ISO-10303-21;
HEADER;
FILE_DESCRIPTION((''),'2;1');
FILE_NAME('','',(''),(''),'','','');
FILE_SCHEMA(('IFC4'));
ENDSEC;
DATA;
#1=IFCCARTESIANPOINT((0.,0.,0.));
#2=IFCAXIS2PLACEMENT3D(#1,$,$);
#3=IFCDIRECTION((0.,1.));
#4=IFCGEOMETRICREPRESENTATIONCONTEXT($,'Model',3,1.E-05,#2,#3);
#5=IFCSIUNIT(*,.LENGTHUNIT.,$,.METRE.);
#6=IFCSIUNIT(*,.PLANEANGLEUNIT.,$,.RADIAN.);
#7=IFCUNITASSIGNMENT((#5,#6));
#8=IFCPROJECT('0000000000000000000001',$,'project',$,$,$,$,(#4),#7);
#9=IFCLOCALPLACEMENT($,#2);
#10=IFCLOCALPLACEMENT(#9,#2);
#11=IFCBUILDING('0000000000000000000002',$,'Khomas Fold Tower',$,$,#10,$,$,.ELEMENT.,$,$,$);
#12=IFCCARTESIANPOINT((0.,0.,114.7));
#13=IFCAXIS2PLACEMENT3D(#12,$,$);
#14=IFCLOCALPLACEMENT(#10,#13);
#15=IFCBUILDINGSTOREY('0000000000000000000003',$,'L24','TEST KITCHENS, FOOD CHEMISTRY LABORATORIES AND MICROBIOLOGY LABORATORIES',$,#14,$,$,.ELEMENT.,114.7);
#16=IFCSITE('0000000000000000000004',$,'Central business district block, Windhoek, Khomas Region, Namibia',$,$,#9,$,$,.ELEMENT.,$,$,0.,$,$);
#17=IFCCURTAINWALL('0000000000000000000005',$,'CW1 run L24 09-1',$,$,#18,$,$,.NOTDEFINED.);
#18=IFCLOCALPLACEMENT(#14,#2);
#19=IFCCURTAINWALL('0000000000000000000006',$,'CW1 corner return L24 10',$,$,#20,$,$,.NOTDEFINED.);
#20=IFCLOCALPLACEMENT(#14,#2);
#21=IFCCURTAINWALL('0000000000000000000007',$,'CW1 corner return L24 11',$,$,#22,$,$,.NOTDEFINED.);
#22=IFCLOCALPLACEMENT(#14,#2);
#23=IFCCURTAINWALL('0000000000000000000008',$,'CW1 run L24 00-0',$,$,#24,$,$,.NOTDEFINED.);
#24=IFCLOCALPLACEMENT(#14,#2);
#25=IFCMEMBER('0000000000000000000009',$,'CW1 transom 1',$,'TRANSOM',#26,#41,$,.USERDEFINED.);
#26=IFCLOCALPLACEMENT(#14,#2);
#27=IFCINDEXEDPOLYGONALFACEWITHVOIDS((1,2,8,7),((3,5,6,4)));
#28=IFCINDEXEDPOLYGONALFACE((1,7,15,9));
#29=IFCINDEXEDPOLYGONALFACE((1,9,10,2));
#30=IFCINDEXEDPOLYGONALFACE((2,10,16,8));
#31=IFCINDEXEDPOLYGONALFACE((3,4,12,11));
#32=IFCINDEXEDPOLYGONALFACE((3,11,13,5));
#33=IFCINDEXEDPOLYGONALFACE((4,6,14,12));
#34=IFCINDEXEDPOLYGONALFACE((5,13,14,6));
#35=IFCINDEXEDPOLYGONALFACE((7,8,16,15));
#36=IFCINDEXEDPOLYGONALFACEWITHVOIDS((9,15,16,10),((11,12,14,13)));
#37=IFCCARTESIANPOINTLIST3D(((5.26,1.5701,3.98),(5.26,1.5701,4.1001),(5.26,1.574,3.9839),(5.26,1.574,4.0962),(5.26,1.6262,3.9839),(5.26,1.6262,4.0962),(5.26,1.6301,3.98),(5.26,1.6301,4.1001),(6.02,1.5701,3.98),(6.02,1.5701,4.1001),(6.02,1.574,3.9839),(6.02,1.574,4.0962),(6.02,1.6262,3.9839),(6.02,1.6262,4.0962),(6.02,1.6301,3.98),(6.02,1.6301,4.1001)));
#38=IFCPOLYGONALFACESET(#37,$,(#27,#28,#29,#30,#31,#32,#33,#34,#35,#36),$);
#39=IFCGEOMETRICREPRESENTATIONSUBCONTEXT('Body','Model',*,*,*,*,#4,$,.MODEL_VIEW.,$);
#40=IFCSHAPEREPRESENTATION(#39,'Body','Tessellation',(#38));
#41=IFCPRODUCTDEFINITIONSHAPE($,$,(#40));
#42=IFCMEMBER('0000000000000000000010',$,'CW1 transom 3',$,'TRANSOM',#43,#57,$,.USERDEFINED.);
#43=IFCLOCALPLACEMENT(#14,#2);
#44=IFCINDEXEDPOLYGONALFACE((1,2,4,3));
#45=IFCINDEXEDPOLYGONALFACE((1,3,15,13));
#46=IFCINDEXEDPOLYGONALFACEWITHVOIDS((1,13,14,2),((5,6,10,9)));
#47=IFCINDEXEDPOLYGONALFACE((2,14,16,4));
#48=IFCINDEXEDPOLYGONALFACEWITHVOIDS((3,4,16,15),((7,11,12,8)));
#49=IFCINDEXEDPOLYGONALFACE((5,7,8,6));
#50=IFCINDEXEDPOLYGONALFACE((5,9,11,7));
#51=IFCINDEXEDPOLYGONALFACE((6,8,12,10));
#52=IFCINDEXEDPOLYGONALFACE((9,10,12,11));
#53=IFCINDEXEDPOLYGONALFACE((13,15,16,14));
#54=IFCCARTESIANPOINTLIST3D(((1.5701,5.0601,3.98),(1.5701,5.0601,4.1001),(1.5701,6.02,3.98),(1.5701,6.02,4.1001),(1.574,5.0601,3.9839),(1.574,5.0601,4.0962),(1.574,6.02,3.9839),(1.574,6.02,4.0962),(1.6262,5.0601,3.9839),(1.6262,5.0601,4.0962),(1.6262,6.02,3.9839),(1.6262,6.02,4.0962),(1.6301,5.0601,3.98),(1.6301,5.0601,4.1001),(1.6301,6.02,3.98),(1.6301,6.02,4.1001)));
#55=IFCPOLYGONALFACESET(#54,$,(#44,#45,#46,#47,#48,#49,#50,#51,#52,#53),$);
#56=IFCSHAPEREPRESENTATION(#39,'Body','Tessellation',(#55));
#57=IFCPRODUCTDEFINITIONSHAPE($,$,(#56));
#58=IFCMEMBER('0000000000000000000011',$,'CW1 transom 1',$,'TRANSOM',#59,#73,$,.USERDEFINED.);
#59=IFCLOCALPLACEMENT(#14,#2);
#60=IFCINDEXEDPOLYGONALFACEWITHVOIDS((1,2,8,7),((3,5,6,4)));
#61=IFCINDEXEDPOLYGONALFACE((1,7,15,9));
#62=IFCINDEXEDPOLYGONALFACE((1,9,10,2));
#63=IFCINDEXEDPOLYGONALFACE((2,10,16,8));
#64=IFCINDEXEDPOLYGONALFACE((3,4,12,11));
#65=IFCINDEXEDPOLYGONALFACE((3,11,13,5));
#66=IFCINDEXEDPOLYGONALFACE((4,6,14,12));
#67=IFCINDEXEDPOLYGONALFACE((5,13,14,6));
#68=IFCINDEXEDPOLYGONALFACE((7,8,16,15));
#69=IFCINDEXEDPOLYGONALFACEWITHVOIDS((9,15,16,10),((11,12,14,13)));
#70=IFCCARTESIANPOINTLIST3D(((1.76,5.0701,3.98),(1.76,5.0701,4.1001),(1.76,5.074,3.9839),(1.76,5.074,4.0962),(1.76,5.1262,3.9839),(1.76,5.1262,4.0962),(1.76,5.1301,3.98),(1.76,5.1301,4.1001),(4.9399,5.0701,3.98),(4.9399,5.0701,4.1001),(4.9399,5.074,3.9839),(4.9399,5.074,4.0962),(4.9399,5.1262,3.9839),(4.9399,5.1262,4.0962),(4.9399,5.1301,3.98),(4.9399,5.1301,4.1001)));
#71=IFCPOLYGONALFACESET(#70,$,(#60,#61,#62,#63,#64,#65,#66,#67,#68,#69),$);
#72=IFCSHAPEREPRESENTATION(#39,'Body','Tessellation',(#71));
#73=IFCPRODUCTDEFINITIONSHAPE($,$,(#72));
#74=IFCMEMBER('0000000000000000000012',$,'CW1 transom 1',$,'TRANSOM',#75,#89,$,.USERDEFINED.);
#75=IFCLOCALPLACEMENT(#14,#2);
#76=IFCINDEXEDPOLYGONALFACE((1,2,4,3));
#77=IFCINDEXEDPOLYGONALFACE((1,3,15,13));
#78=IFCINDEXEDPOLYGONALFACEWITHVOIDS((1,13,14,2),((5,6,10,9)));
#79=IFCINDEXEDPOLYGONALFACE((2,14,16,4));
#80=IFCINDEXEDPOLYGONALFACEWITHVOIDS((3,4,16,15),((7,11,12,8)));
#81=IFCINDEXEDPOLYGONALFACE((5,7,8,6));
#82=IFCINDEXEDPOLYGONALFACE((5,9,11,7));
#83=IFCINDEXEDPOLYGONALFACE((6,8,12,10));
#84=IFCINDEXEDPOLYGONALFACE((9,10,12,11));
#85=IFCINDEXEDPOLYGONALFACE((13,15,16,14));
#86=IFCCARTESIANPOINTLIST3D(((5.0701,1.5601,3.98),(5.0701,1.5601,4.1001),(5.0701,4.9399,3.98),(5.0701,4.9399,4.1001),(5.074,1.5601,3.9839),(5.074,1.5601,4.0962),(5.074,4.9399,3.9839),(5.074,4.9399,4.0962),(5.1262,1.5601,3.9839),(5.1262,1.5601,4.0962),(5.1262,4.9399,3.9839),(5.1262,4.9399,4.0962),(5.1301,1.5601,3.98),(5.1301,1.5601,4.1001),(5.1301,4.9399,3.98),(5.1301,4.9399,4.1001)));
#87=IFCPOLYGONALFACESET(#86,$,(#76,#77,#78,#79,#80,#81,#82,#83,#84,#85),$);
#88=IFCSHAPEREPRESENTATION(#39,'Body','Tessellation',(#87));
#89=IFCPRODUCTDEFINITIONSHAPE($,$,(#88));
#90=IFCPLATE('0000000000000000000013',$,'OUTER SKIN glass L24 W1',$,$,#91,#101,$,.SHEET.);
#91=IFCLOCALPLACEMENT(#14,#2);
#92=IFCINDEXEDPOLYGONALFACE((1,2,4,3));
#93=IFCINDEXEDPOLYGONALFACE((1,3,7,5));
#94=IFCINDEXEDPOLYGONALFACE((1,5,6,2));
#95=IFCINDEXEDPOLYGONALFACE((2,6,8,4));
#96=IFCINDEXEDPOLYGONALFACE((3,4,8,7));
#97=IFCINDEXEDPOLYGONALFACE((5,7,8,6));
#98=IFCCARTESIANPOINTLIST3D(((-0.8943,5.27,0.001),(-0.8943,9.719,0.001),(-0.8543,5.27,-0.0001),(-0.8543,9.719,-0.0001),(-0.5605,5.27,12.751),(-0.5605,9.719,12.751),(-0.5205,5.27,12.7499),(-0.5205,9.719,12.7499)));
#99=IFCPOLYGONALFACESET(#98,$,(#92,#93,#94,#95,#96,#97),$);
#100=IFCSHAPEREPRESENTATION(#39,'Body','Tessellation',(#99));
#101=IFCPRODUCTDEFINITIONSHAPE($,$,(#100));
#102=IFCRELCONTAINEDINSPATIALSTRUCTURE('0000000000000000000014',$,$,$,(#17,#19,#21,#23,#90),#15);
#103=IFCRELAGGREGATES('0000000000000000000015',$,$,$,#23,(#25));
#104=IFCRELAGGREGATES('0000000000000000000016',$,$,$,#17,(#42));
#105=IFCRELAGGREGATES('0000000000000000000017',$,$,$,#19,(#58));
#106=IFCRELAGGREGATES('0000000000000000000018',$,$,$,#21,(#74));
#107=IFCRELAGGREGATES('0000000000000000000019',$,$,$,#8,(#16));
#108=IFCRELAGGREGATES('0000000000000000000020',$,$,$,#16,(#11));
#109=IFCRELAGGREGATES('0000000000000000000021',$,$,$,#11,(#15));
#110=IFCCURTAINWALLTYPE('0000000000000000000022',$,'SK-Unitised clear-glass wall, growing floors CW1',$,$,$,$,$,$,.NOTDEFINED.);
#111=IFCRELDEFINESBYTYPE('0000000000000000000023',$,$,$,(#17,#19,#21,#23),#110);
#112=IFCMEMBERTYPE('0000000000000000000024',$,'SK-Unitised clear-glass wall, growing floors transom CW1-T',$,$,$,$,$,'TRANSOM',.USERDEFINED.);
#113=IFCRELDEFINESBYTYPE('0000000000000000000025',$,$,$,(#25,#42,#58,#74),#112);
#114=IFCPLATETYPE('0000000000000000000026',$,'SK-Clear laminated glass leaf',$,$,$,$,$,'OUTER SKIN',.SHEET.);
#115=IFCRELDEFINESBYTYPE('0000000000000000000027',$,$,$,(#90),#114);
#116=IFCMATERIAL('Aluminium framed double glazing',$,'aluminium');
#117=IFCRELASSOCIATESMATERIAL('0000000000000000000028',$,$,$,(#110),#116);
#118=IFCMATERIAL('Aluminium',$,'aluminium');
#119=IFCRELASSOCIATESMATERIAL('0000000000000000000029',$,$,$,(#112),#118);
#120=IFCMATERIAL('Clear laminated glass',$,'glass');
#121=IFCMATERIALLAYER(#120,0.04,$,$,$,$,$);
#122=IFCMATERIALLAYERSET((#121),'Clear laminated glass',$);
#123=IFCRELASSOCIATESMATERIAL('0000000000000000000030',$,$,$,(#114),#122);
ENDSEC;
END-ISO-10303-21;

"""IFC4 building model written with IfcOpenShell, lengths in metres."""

from ifc_helpers import new_model, si_unit, direction, frame, origin, origin_2d, place, context, subcontext, project, spatial, polyline, hollow_rectangle, outline, extrude, source, transform, mapped, material, layer, layer_set, material_profile, profile_set, type_object, element, aggregate, save


model = new_model("IFC4")

# Units and contexts
model_context = context("Model", 3, precision=1e-05, world=origin(), true_north=direction((0.0, 1.0)))
body_context = subcontext(model_context, "Body", "Model", "MODEL_VIEW")
ifc_project = project(units=[si_unit("LENGTHUNIT", "METRE"), si_unit("PLANEANGLEUNIT", "RADIAN")], contexts=[model_context])

# Site, building, storey
site_placement = place(None, origin())
site = spatial("IfcSite", under=ifc_project, at=site_placement, Name="Central business district block, Windhoek, Khomas Region, Namibia", CompositionType="ELEMENT", RefElevation=0.0)
building_placement = place(site_placement, origin())
building = spatial("IfcBuilding", under=site, at=building_placement, Name="Khomas Fold Tower", CompositionType="ELEMENT")
storey_placement = place(building_placement, frame((0.0, 0.0, 114.7)))
storey = spatial("IfcBuildingStorey", under=building, at=storey_placement, Name="L24", Description="TEST KITCHENS, FOOD CHEMISTRY LABORATORIES AND MICROBIOLOGY LABORATORIES", CompositionType="ELEMENT", Elevation=114.7)

# Curtain walls
ifc_material_1 = material(Name="Aluminium framed double glazing", Category="aluminium")
curtain_wall_type = type_object("IfcCurtainWallType", Name="SK-Unitised clear-glass wall, growing floors CW1", PredefinedType="NOTDEFINED", material=ifc_material_1)
curtain_wall_1_placement = place(storey_placement, origin())
curtain_wall_1 = element("IfcCurtainWall", 1, at=curtain_wall_1_placement, inside=storey, type_object=curtain_wall_type, Name="CW1 run L24 09-1", PredefinedType="NOTDEFINED")
curtain_wall_2_placement = place(storey_placement, origin())
curtain_wall_2 = element("IfcCurtainWall", 2, at=curtain_wall_2_placement, inside=storey, type_object=curtain_wall_type, Name="CW1 corner return L24 10", PredefinedType="NOTDEFINED")
curtain_wall_3_placement = place(storey_placement, origin())
curtain_wall_3 = element("IfcCurtainWall", 3, at=curtain_wall_3_placement, inside=storey, type_object=curtain_wall_type, Name="CW1 corner return L24 11", PredefinedType="NOTDEFINED")

# Curtain wall, member
curtain_wall_4_placement = place(storey_placement, origin())
curtain_wall_4 = element("IfcCurtainWall", 4, at=curtain_wall_4_placement, inside=storey, type_object=curtain_wall_type, Name="CW1 run L24 00-0", PredefinedType="NOTDEFINED")
ifc_material_2 = material(Name="Aluminium", Category="aluminium")
ifc_material_profile_1 = material_profile(ifc_material_2, hollow_rectangle(XDim=0.0601, YDim=0.1201, WallThickness=0.0039, at=origin_2d()), Name="SK-Unitised clear-glass wall, growing floors transom CW1-T")
ifc_profile_set_1 = profile_set([ifc_material_profile_1], Name="Aluminium")
member_type_1 = type_object("IfcMemberType", Name="SK-Unitised clear-glass wall, growing floors transom CW1-T", ElementType="TRANSOM", PredefinedType="USERDEFINED", material=ifc_profile_set_1)
shared_shape_1 = source(origin(), body_context, "Body", "SweptSolid", [
    extrude(hollow_rectangle(XDim=0.0601, YDim=0.1201, WallThickness=0.0039, at=origin_2d()), origin(), (0.0, 0.0, 1.0), 0.76),
])
member_1_placement = place(storey_placement, frame((5.26, 1.6001, 4.04), z_axis=(1.0, 0.0, 0.0), x_axis=(0.0, 1.0, 0.0)))
member_1 = element("IfcMember", 5, at=member_1_placement, type_object=member_type_1, Name="CW1 transom 1", ObjectType="TRANSOM", PredefinedType="USERDEFINED", context=body_context, shape_type="MappedRepresentation", body=[
    mapped(shared_shape_1, transform((0.0, 0.0, 0.0))),
])
aggregate(curtain_wall_4, [member_1])

# Members
shared_shape_2 = source(origin(), body_context, "Body", "SweptSolid", [
    extrude(hollow_rectangle(XDim=0.0601, YDim=0.1201, WallThickness=0.0039, at=origin_2d()), origin(), (0.0, 0.0, 1.0), 0.96),
])
member_2_placement = place(storey_placement, frame((1.6001, 6.02, 4.04), z_axis=(0.0, -1.0, 0.0), x_axis=(1.0, 0.0, 0.0)))
member_2 = element("IfcMember", 6, at=member_2_placement, type_object=member_type_1, Name="CW1 transom 3", ObjectType="TRANSOM", PredefinedType="USERDEFINED", context=body_context, shape_type="MappedRepresentation", body=[
    mapped(shared_shape_2, transform((0.0, 0.0, 0.0))),
])
shared_shape_3 = source(origin(), body_context, "Body", "SweptSolid", [
    extrude(hollow_rectangle(XDim=0.0601, YDim=0.1201, WallThickness=0.0039, at=origin_2d()), origin(), (0.0, 0.0, 1.0), 3.1799),
])
member_3_placement = place(storey_placement, frame((1.76, 5.1001, 4.04), z_axis=(1.0, 0.0, 0.0), x_axis=(0.0, 1.0, 0.0)))
member_3 = element("IfcMember", 7, at=member_3_placement, type_object=member_type_1, Name="CW1 transom 1", ObjectType="TRANSOM", PredefinedType="USERDEFINED", context=body_context, shape_type="MappedRepresentation", body=[
    mapped(shared_shape_3, transform((0.0, 0.0, 0.0))),
])
shared_shape_4 = source(origin(), body_context, "Body", "SweptSolid", [
    extrude(hollow_rectangle(XDim=0.0601, YDim=0.1201, WallThickness=0.0039, at=origin_2d()), origin(), (0.0, 0.0, 1.0), 3.3799),
])
member_4_placement = place(storey_placement, frame((5.1001, 4.9399, 4.04), z_axis=(0.0, -1.0, 0.0), x_axis=(1.0, 0.0, 0.0)))
member_4 = element("IfcMember", 8, at=member_4_placement, type_object=member_type_1, Name="CW1 transom 1", ObjectType="TRANSOM", PredefinedType="USERDEFINED", context=body_context, shape_type="MappedRepresentation", body=[
    mapped(shared_shape_4, transform((0.0, 0.0, 0.0))),
])

# Plate
ifc_material_3 = material(Name="Clear laminated glass", Category="glass")
ifc_layer_1 = layer(ifc_material_3, 0.04)
ifc_layer_set_1 = layer_set([ifc_layer_1], Name="Clear laminated glass")
plate_type_1 = type_object("IfcPlateType", Name="SK-Clear laminated glass leaf", ElementType="OUTER SKIN", PredefinedType="SHEET", material=ifc_layer_set_1)
plate_1_placement = place(storey_placement, frame((-0.8943, 5.27, 0.001), z_axis=(-0.999658, 0.0, 0.026167), x_axis=(0.0, 1.0, 0.0)))
element("IfcPlate", 9, at=plate_1_placement, inside=storey, type_object=plate_type_1, Name="OUTER SKIN glass L24 W1", PredefinedType="SHEET", context=body_context, shape_type="SweptSolid", body=[
    extrude(outline(polyline([(0.0, 0.0), (4.449, 0.0), (4.449, -12.7544), (0.0, -12.7544), (0.0, 0.0)])), origin(), (0.0, 0.0, -1.0), 0.04),
])

aggregate(curtain_wall_1, [member_2])
aggregate(curtain_wall_2, [member_3])
aggregate(curtain_wall_3, [member_4])

save(model, "model.ifc")
